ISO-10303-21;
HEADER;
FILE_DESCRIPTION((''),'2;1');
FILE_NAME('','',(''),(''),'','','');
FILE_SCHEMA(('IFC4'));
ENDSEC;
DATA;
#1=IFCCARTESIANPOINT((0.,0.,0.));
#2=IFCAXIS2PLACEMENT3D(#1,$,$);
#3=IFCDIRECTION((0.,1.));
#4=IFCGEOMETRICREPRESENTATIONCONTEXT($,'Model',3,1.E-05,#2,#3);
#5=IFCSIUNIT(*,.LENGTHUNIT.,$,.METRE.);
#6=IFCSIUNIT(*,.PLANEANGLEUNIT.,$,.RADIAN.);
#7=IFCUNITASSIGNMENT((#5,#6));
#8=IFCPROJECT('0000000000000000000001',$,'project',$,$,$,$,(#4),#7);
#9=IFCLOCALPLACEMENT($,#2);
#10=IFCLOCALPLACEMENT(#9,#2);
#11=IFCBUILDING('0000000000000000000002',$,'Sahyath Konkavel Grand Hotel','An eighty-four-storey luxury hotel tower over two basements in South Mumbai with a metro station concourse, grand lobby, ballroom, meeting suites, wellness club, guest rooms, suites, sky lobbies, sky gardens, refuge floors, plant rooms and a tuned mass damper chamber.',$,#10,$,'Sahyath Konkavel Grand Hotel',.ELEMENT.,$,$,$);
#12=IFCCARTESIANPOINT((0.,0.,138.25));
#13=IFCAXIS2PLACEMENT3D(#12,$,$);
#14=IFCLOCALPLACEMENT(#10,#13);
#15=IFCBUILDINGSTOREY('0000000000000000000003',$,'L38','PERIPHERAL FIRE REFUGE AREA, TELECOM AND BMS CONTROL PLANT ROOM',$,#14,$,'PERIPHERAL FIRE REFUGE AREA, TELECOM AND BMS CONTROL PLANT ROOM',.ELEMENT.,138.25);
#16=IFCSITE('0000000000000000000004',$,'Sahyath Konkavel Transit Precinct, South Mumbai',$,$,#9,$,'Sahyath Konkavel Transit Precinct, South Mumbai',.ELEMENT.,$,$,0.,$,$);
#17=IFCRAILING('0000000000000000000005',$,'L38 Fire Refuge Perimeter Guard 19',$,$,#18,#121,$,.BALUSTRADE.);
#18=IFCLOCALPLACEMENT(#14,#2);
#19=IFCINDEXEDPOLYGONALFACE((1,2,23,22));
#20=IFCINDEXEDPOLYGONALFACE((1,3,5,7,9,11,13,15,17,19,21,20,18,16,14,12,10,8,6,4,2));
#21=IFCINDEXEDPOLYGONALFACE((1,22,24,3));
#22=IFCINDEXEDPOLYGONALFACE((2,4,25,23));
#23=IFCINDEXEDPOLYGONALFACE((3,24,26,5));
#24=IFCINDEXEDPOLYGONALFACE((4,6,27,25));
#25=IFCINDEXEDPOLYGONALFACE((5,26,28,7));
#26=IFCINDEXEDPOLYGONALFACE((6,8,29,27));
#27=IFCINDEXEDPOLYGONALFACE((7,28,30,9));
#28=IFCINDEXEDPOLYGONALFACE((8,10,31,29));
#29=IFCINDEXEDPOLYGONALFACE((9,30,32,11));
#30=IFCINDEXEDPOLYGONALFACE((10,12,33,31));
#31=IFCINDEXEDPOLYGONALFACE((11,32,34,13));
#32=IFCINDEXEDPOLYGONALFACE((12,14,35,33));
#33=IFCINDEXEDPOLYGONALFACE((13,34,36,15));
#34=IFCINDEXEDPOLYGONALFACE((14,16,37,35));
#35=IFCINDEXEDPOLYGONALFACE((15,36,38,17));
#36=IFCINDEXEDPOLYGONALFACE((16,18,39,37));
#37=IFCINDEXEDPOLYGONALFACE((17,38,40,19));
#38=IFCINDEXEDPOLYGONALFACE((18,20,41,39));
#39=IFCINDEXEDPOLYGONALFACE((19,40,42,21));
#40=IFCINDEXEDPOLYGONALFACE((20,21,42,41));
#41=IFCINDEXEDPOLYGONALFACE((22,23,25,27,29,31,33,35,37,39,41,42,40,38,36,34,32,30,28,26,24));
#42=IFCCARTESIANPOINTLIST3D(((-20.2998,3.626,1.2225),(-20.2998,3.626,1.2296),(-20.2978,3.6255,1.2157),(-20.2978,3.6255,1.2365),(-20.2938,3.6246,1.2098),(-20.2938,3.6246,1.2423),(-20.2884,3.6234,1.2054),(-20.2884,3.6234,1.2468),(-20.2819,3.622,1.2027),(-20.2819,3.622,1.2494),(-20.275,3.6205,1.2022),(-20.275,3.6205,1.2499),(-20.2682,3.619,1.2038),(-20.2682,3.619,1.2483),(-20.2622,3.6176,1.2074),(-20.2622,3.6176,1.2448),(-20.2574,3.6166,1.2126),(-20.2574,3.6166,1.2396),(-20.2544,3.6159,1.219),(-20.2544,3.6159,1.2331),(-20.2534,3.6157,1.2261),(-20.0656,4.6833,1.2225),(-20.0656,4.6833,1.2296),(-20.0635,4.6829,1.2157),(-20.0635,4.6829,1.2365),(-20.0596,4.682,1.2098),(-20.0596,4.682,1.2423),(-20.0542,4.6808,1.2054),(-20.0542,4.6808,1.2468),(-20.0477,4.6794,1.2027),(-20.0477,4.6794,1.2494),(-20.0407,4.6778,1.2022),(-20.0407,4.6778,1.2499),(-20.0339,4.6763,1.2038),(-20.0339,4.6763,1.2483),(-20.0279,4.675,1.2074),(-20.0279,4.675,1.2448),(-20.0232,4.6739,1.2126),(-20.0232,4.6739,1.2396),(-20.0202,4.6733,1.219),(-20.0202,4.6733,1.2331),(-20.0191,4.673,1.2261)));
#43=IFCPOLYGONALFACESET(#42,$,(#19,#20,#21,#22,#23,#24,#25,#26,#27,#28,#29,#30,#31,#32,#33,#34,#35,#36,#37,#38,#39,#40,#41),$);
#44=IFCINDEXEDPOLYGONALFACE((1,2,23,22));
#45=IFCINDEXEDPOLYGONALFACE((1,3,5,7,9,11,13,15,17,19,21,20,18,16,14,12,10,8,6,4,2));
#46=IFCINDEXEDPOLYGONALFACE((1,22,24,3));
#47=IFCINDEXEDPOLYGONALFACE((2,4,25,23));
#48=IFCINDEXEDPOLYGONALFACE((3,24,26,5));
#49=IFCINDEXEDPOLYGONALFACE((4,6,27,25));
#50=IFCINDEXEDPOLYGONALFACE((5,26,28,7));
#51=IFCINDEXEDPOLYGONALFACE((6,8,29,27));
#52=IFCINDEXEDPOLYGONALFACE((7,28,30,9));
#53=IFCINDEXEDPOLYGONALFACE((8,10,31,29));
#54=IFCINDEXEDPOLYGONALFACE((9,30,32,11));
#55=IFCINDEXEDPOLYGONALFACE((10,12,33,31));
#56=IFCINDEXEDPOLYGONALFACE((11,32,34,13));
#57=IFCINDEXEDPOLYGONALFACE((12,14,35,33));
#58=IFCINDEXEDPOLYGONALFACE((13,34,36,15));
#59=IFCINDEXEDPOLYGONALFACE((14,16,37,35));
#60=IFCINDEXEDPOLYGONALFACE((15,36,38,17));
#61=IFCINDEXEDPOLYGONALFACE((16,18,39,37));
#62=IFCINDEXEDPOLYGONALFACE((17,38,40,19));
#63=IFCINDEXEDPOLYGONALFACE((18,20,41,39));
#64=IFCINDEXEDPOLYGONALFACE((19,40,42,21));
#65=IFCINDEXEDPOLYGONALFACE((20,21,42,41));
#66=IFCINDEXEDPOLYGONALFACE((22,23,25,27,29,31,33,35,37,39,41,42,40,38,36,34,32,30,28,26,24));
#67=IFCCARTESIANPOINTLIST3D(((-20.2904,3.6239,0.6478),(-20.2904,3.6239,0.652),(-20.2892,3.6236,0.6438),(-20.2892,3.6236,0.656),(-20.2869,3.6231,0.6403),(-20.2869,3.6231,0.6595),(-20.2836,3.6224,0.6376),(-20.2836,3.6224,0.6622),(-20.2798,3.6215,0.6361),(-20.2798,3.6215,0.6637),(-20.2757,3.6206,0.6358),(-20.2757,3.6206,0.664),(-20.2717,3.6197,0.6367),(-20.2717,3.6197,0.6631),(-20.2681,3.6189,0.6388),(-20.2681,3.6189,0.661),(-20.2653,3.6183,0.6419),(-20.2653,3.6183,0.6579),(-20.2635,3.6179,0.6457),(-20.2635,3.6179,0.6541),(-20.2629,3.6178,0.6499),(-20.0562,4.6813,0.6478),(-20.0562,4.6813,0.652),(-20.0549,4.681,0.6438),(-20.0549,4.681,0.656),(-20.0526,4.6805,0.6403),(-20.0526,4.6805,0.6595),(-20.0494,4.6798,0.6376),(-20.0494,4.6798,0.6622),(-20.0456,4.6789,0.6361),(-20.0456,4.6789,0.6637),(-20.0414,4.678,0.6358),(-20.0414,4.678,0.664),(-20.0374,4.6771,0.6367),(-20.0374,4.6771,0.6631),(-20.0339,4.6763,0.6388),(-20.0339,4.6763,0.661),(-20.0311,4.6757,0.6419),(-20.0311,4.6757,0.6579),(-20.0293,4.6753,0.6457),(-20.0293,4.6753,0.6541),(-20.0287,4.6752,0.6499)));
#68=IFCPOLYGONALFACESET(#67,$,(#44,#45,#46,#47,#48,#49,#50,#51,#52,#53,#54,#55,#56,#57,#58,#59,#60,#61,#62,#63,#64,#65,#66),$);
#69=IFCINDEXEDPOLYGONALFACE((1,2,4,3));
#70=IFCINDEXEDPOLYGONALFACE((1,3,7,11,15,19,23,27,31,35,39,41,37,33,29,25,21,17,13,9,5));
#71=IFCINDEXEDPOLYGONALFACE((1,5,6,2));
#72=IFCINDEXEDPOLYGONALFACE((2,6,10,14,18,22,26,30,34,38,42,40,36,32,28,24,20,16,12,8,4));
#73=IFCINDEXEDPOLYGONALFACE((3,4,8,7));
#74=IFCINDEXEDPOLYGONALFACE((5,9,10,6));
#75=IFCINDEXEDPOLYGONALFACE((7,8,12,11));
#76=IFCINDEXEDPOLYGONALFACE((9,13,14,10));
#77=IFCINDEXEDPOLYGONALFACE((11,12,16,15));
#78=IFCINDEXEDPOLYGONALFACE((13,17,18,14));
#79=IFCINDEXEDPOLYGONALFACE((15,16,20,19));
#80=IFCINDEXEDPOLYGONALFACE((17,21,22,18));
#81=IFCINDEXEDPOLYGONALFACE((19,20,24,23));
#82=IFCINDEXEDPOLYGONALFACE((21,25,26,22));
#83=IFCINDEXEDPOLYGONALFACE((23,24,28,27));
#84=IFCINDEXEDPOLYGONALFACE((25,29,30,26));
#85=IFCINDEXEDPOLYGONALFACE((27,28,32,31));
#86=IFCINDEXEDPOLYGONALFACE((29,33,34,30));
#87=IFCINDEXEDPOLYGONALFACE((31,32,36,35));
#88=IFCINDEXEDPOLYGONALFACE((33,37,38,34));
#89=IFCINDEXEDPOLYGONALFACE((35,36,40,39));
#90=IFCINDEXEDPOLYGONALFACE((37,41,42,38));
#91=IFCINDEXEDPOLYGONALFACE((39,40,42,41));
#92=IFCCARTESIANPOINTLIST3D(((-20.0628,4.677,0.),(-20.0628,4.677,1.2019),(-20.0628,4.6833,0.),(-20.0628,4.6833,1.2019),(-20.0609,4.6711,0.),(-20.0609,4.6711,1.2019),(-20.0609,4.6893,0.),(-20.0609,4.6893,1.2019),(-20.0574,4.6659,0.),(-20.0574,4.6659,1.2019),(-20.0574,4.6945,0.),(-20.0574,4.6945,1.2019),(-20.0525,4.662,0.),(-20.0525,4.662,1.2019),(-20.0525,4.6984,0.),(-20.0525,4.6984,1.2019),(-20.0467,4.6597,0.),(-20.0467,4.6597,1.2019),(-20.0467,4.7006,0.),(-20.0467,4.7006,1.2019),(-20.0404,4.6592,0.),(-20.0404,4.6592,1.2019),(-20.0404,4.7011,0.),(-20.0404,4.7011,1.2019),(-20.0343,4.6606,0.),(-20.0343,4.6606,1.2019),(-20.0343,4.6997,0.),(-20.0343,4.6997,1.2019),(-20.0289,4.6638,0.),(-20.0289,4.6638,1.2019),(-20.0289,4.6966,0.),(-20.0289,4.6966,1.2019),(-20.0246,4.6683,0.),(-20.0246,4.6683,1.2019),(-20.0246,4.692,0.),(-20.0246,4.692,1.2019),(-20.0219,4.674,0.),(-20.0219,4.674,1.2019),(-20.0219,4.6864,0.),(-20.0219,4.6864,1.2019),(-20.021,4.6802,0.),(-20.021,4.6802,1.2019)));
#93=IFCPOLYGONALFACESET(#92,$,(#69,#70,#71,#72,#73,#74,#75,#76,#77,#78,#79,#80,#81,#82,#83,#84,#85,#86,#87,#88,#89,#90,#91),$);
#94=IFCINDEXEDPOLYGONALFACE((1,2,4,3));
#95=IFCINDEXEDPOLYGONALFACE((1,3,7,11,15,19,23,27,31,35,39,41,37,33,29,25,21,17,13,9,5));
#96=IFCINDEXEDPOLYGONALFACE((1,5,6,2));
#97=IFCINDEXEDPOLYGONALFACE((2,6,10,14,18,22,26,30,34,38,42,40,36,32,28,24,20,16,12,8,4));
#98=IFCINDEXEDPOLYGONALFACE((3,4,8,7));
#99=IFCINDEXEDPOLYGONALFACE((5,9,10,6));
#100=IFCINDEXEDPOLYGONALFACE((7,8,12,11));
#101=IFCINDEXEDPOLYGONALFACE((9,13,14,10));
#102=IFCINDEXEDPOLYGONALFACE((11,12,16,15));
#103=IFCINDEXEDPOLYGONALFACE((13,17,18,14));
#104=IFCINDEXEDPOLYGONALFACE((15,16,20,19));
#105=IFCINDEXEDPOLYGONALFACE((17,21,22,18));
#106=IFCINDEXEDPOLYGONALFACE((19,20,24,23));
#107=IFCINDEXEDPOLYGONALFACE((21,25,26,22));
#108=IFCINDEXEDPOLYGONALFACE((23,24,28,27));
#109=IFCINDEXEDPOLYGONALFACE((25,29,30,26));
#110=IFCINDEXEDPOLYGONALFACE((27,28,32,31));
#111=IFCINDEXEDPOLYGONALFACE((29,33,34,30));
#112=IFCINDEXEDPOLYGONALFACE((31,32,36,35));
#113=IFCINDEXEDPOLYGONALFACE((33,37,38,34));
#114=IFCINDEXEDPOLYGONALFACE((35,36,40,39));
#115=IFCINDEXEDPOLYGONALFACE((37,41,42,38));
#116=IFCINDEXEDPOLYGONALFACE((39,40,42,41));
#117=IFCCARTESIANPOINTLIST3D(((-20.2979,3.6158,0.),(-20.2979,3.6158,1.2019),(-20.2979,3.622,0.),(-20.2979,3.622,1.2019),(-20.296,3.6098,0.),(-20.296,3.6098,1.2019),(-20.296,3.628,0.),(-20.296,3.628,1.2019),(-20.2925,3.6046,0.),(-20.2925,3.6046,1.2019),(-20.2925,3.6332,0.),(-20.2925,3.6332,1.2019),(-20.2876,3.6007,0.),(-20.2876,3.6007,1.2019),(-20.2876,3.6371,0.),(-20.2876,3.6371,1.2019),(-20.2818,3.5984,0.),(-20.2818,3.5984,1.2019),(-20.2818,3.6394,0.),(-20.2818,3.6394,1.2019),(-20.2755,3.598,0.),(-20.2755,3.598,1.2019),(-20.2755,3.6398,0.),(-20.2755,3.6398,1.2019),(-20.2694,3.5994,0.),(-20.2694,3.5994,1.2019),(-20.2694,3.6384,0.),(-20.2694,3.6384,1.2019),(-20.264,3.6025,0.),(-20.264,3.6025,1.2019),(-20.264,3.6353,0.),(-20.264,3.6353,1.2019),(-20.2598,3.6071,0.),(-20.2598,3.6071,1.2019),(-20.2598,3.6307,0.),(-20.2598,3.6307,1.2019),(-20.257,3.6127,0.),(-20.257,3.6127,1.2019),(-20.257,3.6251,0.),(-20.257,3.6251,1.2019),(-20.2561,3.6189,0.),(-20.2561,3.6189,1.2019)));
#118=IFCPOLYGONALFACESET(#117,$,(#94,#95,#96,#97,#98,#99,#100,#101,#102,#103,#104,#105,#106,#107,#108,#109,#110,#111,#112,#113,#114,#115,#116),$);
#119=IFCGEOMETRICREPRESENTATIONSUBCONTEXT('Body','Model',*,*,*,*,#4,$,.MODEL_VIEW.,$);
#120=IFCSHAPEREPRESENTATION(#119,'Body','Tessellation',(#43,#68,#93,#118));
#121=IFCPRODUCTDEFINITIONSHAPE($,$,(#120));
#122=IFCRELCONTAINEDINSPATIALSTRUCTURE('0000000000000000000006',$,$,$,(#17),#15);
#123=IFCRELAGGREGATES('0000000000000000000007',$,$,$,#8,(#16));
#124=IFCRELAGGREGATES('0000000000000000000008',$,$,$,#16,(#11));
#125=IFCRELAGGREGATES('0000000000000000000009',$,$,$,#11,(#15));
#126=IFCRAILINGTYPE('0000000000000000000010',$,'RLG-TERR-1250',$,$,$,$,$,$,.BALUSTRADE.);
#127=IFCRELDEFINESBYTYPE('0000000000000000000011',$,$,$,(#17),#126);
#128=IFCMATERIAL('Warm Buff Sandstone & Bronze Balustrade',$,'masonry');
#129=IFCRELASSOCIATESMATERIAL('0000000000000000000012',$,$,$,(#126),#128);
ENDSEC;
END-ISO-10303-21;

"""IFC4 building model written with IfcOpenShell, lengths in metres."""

from ifc_helpers import new_model, si_unit, direction, frame, origin, origin_2d, place, context, subcontext, project, spatial, circle, extrude, material, type_object, element, save


model = new_model("IFC4")

# Units and contexts
model_context = context("Model", 3, precision=1e-05, world=origin(), true_north=direction((0.0, 1.0)))
body_context = subcontext(model_context, "Body", "Model", "MODEL_VIEW")
ifc_project = project(units=[si_unit("LENGTHUNIT", "METRE"), si_unit("PLANEANGLEUNIT", "RADIAN")], contexts=[model_context])

# Site, building, storey
site_placement = place(None, origin())
site = spatial("IfcSite", under=ifc_project, at=site_placement, Name="Sahyath Konkavel Transit Precinct, South Mumbai", LongName="Sahyath Konkavel Transit Precinct, South Mumbai", CompositionType="ELEMENT", RefElevation=0.0)
building_placement = place(site_placement, origin())
building = spatial("IfcBuilding", under=site, at=building_placement, Name="Sahyath Konkavel Grand Hotel", Description="An eighty-four-storey luxury hotel tower over two basements in South Mumbai with a metro station concourse, grand lobby, ballroom, meeting suites, wellness club, guest rooms, suites, sky lobbies, sky gardens, refuge floors, plant rooms and a tuned mass damper chamber.", LongName="Sahyath Konkavel Grand Hotel", CompositionType="ELEMENT")
storey_placement = place(building_placement, frame((0.0, 0.0, 138.25)))
storey = spatial("IfcBuildingStorey", under=building, at=storey_placement, Name="L38", Description="PERIPHERAL FIRE REFUGE AREA, TELECOM AND BMS CONTROL PLANT ROOM", LongName="PERIPHERAL FIRE REFUGE AREA, TELECOM AND BMS CONTROL PLANT ROOM", CompositionType="ELEMENT", Elevation=138.25)

# Railing
ifc_material_1 = material(Name="Warm Buff Sandstone & Bronze Balustrade", Category="masonry")
railing_type = type_object("IfcRailingType", Name="RLG-TERR-1250", PredefinedType="BALUSTRADE", material=ifc_material_1)
railing_1_placement = place(storey_placement, frame((-20.042, 4.6802, 0.0)))
element("IfcRailing", 1, at=railing_1_placement, inside=storey, type_object=railing_type, Name="L38 Fire Refuge Perimeter Guard 19", PredefinedType="BALUSTRADE", context=body_context, shape_type="SweptSolid", body=[
    extrude(circle(Radius=0.0239, at=origin_2d()), frame((-0.0005, -0.002, 1.2261), z_axis=(-0.216288, -0.97633, 0.0), x_axis=(0.97633, -0.216288, 0.0)), (0.0, 0.0, 1.0), 1.083),
    extrude(circle(Radius=0.0142, at=origin_2d()), frame((-0.0005, -0.002, 0.6499), z_axis=(-0.216288, -0.97633, 0.0), x_axis=(0.97633, -0.216288, 0.0)), (0.0, 0.0, 1.0), 1.083),
    extrude(circle(Radius=0.021, at=origin_2d()), origin(), (0.0, 0.0, 1.0), 1.2019),
    extrude(circle(Radius=0.021, at=origin_2d()), frame((-0.2351, -1.0613, 0.0)), (0.0, 0.0, 1.0), 1.2019),
])

save(model, "model.ifc")
